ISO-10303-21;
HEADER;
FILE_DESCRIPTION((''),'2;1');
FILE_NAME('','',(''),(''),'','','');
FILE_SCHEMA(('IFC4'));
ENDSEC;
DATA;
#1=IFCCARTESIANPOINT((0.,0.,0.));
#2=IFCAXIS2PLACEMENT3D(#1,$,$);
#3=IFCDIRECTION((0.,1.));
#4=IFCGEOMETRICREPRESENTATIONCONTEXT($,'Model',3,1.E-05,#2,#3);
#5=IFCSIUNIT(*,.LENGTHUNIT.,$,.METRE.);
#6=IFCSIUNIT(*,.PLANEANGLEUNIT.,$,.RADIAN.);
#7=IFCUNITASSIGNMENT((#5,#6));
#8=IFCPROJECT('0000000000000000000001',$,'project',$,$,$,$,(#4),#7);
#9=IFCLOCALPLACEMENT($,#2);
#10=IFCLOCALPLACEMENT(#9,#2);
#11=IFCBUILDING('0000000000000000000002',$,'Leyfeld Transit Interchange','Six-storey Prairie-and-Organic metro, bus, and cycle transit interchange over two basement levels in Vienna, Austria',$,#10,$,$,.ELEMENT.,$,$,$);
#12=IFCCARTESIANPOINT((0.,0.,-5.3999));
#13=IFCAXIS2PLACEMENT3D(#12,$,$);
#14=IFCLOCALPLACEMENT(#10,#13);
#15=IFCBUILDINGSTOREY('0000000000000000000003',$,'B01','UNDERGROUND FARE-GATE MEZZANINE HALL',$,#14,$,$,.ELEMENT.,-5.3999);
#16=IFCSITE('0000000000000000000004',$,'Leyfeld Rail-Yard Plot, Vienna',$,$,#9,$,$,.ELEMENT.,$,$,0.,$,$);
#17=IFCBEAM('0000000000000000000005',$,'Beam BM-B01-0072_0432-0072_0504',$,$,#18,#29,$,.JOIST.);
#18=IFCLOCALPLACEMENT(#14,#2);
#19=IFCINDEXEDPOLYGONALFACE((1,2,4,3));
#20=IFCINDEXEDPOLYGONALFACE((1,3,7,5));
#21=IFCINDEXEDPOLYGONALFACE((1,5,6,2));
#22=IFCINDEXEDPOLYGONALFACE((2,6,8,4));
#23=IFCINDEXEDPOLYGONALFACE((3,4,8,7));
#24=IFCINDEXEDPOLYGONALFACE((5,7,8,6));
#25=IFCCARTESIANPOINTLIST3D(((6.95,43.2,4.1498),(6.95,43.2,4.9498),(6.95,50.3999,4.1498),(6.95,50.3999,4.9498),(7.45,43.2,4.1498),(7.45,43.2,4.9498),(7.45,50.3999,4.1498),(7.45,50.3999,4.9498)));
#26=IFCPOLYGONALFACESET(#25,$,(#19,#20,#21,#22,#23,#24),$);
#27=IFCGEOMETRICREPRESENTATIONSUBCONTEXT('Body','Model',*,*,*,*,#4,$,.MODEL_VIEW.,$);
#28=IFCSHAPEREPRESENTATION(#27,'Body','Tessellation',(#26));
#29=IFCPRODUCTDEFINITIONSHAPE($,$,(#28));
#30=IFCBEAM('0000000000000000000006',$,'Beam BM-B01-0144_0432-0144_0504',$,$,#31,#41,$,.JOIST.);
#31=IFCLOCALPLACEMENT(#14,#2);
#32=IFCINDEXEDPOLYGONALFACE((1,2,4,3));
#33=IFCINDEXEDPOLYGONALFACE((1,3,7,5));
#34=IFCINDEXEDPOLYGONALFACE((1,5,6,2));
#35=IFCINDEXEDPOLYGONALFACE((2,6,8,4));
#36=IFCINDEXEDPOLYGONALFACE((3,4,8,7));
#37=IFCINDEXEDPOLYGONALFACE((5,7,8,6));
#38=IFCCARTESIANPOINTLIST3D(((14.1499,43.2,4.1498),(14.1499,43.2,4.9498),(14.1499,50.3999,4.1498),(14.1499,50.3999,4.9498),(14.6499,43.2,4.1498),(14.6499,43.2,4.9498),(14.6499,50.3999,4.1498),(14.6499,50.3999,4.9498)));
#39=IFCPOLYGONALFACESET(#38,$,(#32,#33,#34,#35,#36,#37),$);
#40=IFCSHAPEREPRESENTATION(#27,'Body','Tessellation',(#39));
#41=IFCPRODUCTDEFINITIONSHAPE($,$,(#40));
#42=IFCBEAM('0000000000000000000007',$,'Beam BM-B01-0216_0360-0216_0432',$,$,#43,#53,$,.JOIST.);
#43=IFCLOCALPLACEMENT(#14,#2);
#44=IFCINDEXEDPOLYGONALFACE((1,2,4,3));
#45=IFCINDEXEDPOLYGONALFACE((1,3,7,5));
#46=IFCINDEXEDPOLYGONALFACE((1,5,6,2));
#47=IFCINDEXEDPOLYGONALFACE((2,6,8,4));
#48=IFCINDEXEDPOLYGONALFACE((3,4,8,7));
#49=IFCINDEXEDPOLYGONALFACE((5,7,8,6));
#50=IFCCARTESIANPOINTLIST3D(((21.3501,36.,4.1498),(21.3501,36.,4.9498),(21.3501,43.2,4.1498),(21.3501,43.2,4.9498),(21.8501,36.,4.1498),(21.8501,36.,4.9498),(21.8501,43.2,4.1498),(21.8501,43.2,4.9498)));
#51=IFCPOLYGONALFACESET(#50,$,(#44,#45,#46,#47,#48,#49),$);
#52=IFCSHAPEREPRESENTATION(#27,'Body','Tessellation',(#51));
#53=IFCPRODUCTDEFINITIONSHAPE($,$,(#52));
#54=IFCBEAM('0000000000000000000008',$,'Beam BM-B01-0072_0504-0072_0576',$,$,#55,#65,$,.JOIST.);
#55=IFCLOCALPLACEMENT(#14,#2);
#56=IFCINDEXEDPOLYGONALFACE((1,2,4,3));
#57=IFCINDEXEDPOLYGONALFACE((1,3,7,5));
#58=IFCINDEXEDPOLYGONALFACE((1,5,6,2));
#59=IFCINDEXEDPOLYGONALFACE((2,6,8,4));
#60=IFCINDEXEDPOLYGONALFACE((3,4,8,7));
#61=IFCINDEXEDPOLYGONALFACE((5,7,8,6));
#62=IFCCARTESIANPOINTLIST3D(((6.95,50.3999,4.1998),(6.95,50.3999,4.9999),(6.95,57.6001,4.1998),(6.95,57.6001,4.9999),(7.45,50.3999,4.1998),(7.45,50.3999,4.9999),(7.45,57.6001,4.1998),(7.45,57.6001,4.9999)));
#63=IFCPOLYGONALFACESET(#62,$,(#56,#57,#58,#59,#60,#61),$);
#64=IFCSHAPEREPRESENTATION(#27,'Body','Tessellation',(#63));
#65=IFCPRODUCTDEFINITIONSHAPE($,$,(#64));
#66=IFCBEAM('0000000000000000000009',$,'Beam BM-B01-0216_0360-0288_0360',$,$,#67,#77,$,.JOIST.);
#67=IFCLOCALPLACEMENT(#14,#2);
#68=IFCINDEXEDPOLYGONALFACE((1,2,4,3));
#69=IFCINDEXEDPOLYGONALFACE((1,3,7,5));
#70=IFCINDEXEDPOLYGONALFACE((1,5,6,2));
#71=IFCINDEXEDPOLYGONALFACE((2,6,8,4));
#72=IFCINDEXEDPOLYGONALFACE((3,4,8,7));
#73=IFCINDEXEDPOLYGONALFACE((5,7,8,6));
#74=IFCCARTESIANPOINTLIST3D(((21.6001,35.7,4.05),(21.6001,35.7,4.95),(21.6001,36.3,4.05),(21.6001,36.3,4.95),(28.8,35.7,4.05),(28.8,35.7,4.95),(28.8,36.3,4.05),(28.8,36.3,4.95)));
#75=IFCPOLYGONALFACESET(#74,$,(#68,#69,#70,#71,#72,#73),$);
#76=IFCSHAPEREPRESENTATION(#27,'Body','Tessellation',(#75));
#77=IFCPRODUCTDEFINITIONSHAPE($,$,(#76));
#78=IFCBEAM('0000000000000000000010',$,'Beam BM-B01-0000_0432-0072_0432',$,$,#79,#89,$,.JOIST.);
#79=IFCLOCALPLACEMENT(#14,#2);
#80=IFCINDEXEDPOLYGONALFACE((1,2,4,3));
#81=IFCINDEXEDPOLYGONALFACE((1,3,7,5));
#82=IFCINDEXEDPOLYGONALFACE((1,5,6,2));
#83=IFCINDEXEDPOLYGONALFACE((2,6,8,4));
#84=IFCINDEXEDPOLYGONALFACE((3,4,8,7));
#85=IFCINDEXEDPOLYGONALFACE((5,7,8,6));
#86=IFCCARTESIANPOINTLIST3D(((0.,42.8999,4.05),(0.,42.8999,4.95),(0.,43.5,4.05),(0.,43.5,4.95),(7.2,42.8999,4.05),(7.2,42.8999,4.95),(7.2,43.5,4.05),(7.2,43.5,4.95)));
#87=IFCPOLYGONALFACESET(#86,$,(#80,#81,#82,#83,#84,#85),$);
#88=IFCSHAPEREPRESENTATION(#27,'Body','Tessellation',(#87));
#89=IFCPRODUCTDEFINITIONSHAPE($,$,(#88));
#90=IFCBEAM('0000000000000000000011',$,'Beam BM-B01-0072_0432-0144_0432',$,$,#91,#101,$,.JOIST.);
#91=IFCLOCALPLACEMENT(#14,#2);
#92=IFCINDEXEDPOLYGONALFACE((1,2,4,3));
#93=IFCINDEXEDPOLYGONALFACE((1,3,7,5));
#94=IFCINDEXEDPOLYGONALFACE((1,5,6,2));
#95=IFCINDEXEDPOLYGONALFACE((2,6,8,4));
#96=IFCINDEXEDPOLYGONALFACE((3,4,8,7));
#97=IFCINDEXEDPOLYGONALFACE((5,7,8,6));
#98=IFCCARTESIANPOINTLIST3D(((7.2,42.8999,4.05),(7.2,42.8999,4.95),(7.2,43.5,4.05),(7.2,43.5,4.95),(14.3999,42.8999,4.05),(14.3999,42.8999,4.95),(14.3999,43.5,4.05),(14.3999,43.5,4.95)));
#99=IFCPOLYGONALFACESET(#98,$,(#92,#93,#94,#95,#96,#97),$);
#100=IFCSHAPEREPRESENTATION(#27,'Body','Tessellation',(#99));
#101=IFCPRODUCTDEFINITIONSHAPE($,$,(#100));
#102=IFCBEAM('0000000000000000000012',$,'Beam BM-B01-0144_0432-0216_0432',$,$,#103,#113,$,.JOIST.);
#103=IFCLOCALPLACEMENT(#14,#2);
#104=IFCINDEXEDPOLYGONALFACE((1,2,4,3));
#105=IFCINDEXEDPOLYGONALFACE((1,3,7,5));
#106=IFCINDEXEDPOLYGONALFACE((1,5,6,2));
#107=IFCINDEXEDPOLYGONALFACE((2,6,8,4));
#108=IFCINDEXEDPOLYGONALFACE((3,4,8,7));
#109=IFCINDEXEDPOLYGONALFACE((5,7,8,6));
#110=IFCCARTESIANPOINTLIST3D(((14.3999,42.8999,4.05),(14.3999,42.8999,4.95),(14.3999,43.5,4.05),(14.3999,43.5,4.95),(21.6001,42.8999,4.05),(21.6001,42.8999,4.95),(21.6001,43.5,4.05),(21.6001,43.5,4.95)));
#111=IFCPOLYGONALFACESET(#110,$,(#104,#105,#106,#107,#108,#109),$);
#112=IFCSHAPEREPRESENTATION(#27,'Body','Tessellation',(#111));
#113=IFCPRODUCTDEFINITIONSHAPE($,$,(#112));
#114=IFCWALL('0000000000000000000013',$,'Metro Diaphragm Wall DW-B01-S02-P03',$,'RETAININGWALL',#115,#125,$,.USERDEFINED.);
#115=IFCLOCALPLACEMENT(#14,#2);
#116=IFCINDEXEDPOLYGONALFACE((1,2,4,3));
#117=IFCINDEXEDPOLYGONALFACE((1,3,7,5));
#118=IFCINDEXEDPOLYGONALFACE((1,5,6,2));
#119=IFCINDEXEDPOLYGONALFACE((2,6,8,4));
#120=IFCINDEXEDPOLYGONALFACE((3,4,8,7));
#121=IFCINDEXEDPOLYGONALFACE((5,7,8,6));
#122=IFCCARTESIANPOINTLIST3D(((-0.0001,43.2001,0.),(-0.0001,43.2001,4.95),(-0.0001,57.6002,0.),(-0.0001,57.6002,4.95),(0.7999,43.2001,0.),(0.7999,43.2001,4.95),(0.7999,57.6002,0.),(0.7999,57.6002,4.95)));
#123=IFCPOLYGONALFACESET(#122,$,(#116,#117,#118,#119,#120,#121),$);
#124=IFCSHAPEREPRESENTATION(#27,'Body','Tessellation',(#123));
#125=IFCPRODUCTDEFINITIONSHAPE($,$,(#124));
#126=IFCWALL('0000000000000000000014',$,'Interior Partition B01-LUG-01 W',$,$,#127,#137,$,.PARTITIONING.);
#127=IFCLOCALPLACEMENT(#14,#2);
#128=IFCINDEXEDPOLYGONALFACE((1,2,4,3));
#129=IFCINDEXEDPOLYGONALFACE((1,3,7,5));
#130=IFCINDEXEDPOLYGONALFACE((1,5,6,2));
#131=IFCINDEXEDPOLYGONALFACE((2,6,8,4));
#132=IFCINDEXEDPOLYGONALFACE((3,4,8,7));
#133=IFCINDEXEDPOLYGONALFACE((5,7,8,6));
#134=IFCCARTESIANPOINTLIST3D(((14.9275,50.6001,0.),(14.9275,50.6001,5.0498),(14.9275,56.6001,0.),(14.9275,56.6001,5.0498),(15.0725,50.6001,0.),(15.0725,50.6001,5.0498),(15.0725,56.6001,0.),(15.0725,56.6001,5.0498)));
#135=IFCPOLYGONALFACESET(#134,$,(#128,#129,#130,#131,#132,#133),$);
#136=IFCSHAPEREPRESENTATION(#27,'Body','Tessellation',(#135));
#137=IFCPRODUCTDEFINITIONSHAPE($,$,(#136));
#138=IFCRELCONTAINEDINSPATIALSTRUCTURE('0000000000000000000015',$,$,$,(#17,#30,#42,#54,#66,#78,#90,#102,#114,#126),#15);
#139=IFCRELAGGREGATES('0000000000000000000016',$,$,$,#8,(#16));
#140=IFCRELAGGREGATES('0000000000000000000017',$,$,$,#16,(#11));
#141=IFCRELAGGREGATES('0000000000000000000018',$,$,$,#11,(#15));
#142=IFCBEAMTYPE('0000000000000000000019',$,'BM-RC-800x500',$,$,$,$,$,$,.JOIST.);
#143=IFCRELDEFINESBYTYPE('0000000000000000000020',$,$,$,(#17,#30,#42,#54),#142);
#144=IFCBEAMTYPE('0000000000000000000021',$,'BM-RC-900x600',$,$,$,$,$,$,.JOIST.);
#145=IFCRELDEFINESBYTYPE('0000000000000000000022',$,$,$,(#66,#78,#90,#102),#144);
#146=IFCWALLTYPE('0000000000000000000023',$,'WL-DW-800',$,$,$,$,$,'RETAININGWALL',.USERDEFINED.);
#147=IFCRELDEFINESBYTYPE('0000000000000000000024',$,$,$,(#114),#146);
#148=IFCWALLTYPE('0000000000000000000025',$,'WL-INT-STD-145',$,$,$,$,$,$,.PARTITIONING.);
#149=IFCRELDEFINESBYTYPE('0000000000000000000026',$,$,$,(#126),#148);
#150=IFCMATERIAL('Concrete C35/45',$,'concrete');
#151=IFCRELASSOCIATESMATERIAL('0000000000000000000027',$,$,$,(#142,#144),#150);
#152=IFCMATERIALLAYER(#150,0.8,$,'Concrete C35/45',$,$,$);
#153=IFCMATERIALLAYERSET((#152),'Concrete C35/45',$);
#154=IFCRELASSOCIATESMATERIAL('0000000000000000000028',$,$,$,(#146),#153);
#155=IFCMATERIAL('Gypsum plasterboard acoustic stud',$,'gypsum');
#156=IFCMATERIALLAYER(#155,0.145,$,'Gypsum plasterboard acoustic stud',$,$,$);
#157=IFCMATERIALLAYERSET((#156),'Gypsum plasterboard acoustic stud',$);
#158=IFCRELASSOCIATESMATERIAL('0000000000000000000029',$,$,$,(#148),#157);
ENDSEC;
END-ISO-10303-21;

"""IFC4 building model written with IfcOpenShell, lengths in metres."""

from ifc_helpers import new_model, si_unit, direction, frame, frame_2d, origin, origin_2d, place, context, subcontext, project, spatial, rectangle, extrude, material, layer, layer_set, material_profile, profile_set, type_object, element, save


model = new_model("IFC4")

# Units and contexts
model_context = context("Model", 3, precision=1e-05, world=origin(), true_north=direction((0.0, 1.0)))
body_context = subcontext(model_context, "Body", "Model", "MODEL_VIEW")
ifc_project = project(units=[si_unit("LENGTHUNIT", "METRE"), si_unit("PLANEANGLEUNIT", "RADIAN")], contexts=[model_context])

# Site, building, storey
site_placement = place(None, origin())
site = spatial("IfcSite", under=ifc_project, at=site_placement, Name="Leyfeld Rail-Yard Plot, Vienna", CompositionType="ELEMENT", RefElevation=0.0)
building_placement = place(site_placement, origin())
building = spatial("IfcBuilding", under=site, at=building_placement, Name="Leyfeld Transit Interchange", Description="Six-storey Prairie-and-Organic metro, bus, and cycle transit interchange over two basement levels in Vienna, Austria", CompositionType="ELEMENT")
storey_placement = place(building_placement, frame((0.0, 0.0, -5.3999)))
storey = spatial("IfcBuildingStorey", under=building, at=storey_placement, Name="B01", Description="UNDERGROUND FARE-GATE MEZZANINE HALL", CompositionType="ELEMENT", Elevation=-5.3999)

# Shared definitions
ifc_material_1 = material(Name="Concrete C35/45", Category="concrete")

# Beams
ifc_material_profile_1 = material_profile(ifc_material_1, rectangle(XDim=0.5, YDim=0.8, at=origin_2d()), Name="RC 800x500")
ifc_profile_set_1 = profile_set([ifc_material_profile_1], Name="Concrete C35/45")
beam_type_1 = type_object("IfcBeamType", Name="BM-RC-800x500", PredefinedType="JOIST", material=ifc_profile_set_1)
for number, where, z_axis, x_axis, name in (
    (1, (7.2, 43.2, 4.5498), (0.0, 1.0, 0.0), (-1.0, 0.0, 0.0), "Beam BM-B01-0072_0432-0072_0504"),
    (2, (14.3999, 43.2, 4.5498), (0.0, 1.0, 0.0), (-1.0, 0.0, 0.0), "Beam BM-B01-0144_0432-0144_0504"),
    (3, (21.6001, 36.0, 4.5498), (0.0, 1.0, 0.0), (-1.0, 0.0, 0.0), "Beam BM-B01-0216_0360-0216_0432"),
):
    element("IfcBeam", number, at=place(storey_placement, frame(where, z_axis=z_axis, x_axis=x_axis)), inside=storey, type_object=beam_type_1, Name=name, PredefinedType="JOIST", context=body_context, shape_type="SweptSolid", body=[
        extrude(rectangle(XDim=0.5, YDim=0.8, at=origin_2d()), origin(), (0.0, 0.0, 1.0), 7.2),
    ])
beam_1_placement = place(storey_placement, frame((7.2, 50.3999, 4.5999), z_axis=(0.0, 1.0, 0.0), x_axis=(-1.0, 0.0, 0.0)))
element("IfcBeam", 4, at=beam_1_placement, inside=storey, type_object=beam_type_1, Name="Beam BM-B01-0072_0504-0072_0576", PredefinedType="JOIST", context=body_context, shape_type="SweptSolid", body=[
    extrude(rectangle(XDim=0.5, YDim=0.8, at=origin_2d()), origin(), (0.0, 0.0, 1.0), 7.2002),
])
ifc_material_profile_2 = material_profile(ifc_material_1, rectangle(XDim=0.6001, YDim=0.8999, at=origin_2d()), Name="RC 900x600")
ifc_profile_set_2 = profile_set([ifc_material_profile_2], Name="Concrete C35/45")
beam_type_2 = type_object("IfcBeamType", Name="BM-RC-900x600", PredefinedType="JOIST", material=ifc_profile_set_2)
for number, where, z_axis, x_axis, name in (
    (5, (21.6001, 36.0, 4.5), (1.0, 0.0, 0.0), (0.0, 1.0, 0.0), "Beam BM-B01-0216_0360-0288_0360"),
    (6, (0.0, 43.2, 4.5), (1.0, 0.0, 0.0), (0.0, 1.0, 0.0), "Beam BM-B01-0000_0432-0072_0432"),
    (7, (7.2, 43.2, 4.5), (1.0, 0.0, 0.0), (0.0, 1.0, 0.0), "Beam BM-B01-0072_0432-0144_0432"),
):
    element("IfcBeam", number, at=place(storey_placement, frame(where, z_axis=z_axis, x_axis=x_axis)), inside=storey, type_object=beam_type_2, Name=name, PredefinedType="JOIST", context=body_context, shape_type="SweptSolid", body=[
        extrude(rectangle(XDim=0.6001, YDim=0.8999, at=origin_2d()), origin(), (0.0, 0.0, 1.0), 7.2),
    ])
beam_2_placement = place(storey_placement, frame((14.3999, 43.2, 4.5), z_axis=(1.0, 0.0, 0.0), x_axis=(0.0, 1.0, 0.0)))
element("IfcBeam", 8, at=beam_2_placement, inside=storey, type_object=beam_type_2, Name="Beam BM-B01-0144_0432-0216_0432", PredefinedType="JOIST", context=body_context, shape_type="SweptSolid", body=[
    extrude(rectangle(XDim=0.6001, YDim=0.8999, at=origin_2d()), origin(), (0.0, 0.0, 1.0), 7.2002),
])

# Walls
ifc_layer_1 = layer(ifc_material_1, 0.8, Name="Concrete C35/45")
ifc_layer_set_1 = layer_set([ifc_layer_1], Name="Concrete C35/45")
wall_type_1 = type_object("IfcWallType", Name="WL-DW-800", ElementType="RETAININGWALL", PredefinedType="USERDEFINED", material=ifc_layer_set_1)
wall_1_placement = place(storey_placement, frame((0.3999, 43.2, 0.0), z_axis=(0.0, 0.0, 1.0), x_axis=(0.0, 1.0, 0.0)))
element("IfcWall", 9, at=wall_1_placement, inside=storey, type_object=wall_type_1, Name="Metro Diaphragm Wall DW-B01-S02-P03", ObjectType="RETAININGWALL", PredefinedType="USERDEFINED", context=body_context, shape_type="SweptSolid", body=[
    extrude(rectangle(XDim=14.4001, YDim=0.8, at=frame_2d((7.2002, 0.0))), origin(), (0.0, 0.0, 1.0), 4.95),
])
ifc_material_2 = material(Name="Gypsum plasterboard acoustic stud", Category="gypsum")
ifc_layer_2 = layer(ifc_material_2, 0.145, Name="Gypsum plasterboard acoustic stud")
ifc_layer_set_2 = layer_set([ifc_layer_2], Name="Gypsum plasterboard acoustic stud")
wall_type_2 = type_object("IfcWallType", Name="WL-INT-STD-145", PredefinedType="PARTITIONING", material=ifc_layer_set_2)
wall_2_placement = place(storey_placement, frame((15.0, 50.6001, 0.0), z_axis=(0.0, 0.0, 1.0), x_axis=(0.0, 1.0, 0.0)))
element("IfcWall", 10, at=wall_2_placement, inside=storey, type_object=wall_type_2, Name="Interior Partition B01-LUG-01 W", PredefinedType="PARTITIONING", context=body_context, shape_type="SweptSolid", body=[
    extrude(rectangle(XDim=6.0, YDim=0.145, at=frame_2d((3.0, 0.0))), origin(), (0.0, 0.0, 1.0), 5.0498),
])

save(model, "model.ifc")
